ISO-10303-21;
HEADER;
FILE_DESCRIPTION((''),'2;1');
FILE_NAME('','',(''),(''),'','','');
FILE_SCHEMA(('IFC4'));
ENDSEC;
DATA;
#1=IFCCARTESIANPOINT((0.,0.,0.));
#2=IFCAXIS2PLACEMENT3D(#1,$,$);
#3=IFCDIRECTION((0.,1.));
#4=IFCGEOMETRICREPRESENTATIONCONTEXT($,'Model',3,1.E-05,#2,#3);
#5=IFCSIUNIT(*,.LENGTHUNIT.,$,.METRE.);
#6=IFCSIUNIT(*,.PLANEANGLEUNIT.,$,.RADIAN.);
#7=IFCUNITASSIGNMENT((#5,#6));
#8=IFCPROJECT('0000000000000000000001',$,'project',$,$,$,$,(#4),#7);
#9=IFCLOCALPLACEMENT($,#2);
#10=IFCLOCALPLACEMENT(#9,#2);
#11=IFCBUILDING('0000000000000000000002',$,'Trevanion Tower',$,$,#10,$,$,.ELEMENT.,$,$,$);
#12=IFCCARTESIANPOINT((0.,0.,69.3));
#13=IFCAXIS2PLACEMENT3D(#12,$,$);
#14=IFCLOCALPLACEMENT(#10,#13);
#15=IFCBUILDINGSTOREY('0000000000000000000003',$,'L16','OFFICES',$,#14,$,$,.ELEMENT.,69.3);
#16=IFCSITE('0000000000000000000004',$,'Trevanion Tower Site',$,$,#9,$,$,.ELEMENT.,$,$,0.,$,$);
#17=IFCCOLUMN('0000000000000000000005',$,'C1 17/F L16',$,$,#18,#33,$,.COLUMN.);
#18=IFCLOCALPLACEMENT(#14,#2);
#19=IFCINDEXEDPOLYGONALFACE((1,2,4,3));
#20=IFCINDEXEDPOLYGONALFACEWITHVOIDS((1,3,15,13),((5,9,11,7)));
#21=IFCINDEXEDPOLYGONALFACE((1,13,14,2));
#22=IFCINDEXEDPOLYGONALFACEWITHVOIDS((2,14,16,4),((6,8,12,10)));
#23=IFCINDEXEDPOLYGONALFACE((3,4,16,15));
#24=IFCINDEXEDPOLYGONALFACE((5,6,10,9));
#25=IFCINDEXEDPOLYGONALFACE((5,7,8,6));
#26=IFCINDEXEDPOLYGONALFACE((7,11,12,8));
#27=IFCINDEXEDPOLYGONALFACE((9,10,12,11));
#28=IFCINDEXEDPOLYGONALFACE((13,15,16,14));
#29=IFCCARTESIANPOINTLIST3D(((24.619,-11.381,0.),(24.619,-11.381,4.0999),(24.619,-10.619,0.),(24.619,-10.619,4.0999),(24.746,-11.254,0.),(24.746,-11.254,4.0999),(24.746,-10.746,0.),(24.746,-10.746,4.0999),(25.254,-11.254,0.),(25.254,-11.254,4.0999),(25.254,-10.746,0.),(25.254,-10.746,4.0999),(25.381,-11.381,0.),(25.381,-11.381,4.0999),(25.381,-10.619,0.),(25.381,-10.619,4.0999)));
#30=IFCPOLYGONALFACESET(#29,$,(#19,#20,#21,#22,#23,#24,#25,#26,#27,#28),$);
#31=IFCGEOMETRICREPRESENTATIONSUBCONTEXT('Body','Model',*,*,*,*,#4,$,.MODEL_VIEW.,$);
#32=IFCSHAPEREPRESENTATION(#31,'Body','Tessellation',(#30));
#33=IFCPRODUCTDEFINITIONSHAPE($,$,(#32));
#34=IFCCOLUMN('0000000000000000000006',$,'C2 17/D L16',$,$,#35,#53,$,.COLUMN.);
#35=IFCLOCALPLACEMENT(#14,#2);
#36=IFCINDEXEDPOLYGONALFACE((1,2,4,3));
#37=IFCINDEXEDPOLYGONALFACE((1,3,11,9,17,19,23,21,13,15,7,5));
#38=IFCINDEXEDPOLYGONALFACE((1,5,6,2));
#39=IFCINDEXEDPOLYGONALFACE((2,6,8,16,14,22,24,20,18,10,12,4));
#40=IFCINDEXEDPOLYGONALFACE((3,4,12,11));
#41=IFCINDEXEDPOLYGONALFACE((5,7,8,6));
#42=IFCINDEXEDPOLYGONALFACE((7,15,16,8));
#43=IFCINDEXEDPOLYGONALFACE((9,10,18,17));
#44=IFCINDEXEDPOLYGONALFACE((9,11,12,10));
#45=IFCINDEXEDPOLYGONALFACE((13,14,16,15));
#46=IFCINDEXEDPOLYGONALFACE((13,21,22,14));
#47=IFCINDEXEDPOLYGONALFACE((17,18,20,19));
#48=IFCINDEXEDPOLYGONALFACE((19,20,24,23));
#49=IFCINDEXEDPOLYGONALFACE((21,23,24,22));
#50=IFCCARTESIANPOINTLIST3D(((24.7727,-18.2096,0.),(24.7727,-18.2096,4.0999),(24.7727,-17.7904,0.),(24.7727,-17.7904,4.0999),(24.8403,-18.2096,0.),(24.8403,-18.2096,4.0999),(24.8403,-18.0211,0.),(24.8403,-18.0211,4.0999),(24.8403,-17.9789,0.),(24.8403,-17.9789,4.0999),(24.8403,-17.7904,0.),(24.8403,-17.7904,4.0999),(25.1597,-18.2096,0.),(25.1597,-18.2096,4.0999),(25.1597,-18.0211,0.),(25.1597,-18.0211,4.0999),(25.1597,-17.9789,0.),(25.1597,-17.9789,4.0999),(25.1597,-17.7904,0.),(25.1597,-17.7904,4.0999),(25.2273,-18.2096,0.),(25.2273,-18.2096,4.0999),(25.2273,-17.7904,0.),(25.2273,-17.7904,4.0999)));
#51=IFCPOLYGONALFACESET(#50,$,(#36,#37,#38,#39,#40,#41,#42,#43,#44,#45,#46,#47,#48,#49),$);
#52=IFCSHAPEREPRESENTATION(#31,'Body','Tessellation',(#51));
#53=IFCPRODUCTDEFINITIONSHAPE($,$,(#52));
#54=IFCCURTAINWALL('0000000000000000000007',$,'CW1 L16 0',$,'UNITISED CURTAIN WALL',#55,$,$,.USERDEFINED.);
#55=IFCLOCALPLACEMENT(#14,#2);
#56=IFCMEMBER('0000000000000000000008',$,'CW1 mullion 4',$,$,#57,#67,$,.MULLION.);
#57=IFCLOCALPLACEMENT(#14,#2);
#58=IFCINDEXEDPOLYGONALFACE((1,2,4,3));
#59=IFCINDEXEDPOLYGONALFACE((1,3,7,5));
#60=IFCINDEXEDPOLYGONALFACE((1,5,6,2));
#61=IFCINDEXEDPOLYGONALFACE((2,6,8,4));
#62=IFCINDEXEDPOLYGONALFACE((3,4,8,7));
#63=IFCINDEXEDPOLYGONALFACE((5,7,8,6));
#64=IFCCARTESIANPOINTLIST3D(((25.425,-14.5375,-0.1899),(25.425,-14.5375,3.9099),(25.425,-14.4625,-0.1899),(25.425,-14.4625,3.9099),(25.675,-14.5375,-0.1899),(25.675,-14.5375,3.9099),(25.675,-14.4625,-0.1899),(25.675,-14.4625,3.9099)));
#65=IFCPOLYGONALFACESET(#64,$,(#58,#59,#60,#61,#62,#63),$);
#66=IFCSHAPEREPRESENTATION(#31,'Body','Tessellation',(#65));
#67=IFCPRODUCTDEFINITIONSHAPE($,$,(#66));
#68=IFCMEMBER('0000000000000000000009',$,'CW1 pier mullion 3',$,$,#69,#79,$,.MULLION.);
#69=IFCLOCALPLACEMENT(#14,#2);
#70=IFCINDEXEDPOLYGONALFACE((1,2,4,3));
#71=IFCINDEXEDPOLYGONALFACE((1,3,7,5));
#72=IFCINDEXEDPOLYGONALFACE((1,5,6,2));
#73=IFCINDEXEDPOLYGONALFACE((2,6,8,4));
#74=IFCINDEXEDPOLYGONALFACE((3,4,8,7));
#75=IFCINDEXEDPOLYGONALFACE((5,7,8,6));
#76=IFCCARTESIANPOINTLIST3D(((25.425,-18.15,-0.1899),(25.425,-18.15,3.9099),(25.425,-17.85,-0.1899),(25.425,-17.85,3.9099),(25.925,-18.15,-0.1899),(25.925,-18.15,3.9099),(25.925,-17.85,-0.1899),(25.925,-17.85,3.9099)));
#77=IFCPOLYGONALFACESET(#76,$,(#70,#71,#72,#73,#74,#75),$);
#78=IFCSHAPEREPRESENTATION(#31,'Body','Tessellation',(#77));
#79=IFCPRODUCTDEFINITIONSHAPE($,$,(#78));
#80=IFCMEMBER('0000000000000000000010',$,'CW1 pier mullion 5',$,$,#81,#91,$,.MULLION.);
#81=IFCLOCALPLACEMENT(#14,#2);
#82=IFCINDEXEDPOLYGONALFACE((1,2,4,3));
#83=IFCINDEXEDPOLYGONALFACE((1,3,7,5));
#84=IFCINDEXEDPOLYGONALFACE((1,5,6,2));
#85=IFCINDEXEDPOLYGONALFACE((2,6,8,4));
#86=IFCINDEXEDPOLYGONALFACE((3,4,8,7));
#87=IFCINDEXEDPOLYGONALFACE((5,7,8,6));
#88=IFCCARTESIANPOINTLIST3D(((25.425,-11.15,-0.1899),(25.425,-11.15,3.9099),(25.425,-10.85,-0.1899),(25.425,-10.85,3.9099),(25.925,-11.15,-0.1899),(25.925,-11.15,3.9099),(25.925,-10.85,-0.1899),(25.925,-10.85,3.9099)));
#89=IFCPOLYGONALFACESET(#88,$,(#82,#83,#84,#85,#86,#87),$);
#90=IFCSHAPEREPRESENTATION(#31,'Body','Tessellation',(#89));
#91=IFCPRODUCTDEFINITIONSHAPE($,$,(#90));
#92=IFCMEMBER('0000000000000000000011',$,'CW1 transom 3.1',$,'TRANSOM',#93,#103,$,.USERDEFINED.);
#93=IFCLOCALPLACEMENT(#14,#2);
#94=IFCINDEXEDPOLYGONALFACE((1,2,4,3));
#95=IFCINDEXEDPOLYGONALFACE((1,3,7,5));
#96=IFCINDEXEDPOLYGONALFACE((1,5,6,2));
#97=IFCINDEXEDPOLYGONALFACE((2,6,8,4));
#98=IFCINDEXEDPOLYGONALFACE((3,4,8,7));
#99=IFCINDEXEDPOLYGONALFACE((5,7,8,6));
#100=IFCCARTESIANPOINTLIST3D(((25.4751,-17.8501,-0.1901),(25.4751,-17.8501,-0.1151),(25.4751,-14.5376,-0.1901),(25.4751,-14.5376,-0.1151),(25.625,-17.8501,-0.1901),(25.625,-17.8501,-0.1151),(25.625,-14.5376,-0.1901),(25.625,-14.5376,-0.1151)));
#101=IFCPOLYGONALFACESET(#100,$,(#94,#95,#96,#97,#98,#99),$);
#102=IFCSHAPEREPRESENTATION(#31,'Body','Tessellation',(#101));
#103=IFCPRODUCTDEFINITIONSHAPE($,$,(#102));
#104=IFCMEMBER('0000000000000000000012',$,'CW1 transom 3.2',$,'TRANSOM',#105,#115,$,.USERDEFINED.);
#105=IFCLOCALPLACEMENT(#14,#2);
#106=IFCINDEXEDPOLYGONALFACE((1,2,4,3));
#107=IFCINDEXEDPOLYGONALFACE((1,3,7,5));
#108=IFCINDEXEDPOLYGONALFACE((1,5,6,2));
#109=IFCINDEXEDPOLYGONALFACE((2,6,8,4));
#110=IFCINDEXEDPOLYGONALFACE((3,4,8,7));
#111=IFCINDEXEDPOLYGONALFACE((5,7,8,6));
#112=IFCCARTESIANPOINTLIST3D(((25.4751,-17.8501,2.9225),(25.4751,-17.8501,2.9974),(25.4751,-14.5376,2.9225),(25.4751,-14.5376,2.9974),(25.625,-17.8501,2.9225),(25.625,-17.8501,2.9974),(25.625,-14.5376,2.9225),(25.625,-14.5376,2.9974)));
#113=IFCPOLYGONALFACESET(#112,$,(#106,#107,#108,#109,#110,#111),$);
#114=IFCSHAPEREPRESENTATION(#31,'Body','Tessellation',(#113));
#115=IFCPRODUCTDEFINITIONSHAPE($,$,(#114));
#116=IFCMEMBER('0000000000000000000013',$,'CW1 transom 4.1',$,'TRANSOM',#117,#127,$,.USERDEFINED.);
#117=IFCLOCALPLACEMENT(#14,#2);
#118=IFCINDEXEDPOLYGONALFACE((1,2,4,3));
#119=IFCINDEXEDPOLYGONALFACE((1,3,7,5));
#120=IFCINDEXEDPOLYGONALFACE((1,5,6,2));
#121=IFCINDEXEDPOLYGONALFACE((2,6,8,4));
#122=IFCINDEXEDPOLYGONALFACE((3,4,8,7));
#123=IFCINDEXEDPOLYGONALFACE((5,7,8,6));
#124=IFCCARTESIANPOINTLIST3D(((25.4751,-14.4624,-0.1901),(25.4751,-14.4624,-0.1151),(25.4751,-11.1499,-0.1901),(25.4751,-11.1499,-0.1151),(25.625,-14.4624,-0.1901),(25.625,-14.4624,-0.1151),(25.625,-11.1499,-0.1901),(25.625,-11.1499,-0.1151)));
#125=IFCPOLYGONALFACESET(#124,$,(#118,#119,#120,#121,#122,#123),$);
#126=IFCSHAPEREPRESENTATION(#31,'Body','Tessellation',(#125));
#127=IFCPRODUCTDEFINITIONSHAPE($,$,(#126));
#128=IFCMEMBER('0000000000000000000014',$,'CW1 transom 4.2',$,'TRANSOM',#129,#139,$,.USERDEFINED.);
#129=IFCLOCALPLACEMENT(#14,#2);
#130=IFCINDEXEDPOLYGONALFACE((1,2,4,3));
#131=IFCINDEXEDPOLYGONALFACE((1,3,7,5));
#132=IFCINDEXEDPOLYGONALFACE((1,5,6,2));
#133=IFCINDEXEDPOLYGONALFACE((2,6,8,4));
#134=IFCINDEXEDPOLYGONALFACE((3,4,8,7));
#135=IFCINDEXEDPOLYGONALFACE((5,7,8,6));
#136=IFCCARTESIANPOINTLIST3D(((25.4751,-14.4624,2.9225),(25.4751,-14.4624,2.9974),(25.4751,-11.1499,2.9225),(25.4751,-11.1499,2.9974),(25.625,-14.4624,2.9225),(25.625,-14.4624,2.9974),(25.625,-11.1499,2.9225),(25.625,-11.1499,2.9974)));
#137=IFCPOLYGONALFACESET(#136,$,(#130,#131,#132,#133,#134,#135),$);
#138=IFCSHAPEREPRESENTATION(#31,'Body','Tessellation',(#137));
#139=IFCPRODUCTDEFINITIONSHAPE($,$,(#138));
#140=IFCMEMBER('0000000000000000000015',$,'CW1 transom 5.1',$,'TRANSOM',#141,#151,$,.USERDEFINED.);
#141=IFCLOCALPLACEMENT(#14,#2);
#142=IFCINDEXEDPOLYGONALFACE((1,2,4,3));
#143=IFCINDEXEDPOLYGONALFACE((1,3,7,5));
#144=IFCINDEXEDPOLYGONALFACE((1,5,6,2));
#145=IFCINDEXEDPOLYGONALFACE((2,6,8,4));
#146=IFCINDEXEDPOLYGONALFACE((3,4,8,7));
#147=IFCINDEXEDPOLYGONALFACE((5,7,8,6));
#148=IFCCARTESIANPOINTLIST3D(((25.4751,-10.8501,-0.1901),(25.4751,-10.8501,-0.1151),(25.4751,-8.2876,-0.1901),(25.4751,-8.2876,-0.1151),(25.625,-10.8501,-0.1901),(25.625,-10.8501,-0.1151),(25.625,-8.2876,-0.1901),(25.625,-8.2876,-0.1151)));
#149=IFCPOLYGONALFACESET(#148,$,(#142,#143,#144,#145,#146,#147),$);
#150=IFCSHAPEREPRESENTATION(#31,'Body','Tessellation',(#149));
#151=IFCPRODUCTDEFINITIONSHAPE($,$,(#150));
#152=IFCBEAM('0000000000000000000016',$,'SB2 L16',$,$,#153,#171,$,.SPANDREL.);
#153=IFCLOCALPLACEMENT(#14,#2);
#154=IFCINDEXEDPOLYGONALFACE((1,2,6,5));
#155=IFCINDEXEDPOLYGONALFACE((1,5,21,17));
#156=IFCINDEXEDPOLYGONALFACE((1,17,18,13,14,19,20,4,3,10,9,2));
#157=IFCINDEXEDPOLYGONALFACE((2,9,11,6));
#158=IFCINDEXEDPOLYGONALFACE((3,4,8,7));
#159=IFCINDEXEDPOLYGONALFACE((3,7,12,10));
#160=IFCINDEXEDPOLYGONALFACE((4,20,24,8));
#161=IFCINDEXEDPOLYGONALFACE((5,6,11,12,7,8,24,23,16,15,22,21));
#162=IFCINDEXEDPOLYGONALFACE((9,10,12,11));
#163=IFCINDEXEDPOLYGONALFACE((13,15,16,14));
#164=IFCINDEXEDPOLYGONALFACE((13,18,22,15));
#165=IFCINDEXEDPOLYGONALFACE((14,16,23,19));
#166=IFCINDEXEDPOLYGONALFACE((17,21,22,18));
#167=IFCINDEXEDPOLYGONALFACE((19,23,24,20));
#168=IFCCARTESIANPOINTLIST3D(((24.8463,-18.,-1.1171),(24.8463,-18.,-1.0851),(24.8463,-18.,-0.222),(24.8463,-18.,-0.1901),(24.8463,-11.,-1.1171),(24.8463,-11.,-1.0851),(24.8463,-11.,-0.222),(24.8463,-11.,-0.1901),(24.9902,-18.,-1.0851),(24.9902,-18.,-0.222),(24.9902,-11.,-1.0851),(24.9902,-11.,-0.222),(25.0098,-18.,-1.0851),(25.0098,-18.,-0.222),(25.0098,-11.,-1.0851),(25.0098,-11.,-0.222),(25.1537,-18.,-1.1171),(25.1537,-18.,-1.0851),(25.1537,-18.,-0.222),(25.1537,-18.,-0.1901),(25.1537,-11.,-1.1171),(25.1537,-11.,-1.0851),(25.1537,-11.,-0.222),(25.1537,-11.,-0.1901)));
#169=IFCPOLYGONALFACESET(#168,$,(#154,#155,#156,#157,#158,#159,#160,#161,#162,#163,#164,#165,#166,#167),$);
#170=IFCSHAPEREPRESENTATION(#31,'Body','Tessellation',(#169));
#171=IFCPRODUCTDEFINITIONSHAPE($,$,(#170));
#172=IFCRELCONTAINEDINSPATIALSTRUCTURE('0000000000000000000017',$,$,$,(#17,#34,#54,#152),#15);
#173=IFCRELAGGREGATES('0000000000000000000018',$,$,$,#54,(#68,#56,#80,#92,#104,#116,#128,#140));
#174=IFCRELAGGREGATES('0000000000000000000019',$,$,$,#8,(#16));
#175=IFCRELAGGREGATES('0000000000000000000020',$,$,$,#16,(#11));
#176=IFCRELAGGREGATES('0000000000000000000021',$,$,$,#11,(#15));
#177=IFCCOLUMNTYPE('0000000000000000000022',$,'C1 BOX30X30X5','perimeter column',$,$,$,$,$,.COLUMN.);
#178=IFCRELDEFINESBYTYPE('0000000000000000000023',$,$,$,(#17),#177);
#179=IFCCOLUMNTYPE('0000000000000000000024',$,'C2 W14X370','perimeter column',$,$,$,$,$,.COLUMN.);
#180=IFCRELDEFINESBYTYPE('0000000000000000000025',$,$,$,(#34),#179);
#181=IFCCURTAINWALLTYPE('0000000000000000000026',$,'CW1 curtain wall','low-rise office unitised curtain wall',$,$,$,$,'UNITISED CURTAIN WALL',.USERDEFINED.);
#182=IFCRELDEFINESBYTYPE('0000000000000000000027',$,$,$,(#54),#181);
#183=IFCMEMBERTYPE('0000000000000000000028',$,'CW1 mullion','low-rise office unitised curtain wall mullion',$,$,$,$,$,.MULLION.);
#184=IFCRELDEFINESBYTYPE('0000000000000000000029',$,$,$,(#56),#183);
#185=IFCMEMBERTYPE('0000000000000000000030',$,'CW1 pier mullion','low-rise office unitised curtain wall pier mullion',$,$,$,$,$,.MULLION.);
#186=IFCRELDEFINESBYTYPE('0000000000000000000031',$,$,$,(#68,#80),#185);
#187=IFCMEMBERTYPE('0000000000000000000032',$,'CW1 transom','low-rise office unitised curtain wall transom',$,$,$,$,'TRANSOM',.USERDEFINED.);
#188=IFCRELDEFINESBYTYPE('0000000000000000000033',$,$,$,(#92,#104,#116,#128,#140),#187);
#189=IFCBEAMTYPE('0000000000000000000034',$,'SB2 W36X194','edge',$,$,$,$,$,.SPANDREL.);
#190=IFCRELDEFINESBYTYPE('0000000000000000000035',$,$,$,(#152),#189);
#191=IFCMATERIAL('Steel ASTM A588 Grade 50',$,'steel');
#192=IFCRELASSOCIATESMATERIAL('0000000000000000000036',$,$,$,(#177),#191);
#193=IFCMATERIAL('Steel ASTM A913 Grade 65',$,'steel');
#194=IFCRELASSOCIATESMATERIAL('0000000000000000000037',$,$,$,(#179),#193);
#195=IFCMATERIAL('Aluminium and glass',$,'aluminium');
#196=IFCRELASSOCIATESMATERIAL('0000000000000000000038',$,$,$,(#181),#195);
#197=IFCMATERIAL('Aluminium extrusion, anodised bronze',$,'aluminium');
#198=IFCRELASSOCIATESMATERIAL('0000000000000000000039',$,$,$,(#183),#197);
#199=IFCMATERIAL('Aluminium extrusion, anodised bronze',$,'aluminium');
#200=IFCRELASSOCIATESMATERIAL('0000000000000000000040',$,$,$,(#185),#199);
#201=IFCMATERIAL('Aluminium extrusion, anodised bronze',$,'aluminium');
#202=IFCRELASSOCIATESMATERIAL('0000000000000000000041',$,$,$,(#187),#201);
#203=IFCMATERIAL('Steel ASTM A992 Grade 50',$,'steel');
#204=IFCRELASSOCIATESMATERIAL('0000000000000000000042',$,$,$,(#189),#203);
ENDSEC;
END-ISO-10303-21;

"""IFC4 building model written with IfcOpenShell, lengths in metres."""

from ifc_helpers import new_model, si_unit, direction, frame, origin, origin_2d, place, context, subcontext, project, spatial, rectangle, hollow_rectangle, i_section, extrude, material, material_profile, profile_set, type_object, element, aggregate, save


model = new_model("IFC4")

# Units and contexts
model_context = context("Model", 3, precision=1e-05, world=origin(), true_north=direction((0.0, 1.0)))
body_context = subcontext(model_context, "Body", "Model", "MODEL_VIEW")
ifc_project = project(units=[si_unit("LENGTHUNIT", "METRE"), si_unit("PLANEANGLEUNIT", "RADIAN")], contexts=[model_context])

# Site, building, storey
site_placement = place(None, origin())
site = spatial("IfcSite", under=ifc_project, at=site_placement, Name="Trevanion Tower Site", CompositionType="ELEMENT", RefElevation=0.0)
building_placement = place(site_placement, origin())
building = spatial("IfcBuilding", under=site, at=building_placement, Name="Trevanion Tower", CompositionType="ELEMENT")
storey_placement = place(building_placement, frame((0.0, 0.0, 69.3)))
storey = spatial("IfcBuildingStorey", under=building, at=storey_placement, Name="L16", Description="OFFICES", CompositionType="ELEMENT", Elevation=69.3)

# Columns
ifc_material_1 = material(Name="Steel ASTM A588 Grade 50", Category="steel")
ifc_material_profile_1 = material_profile(ifc_material_1, hollow_rectangle(XDim=0.762, YDim=0.762, WallThickness=0.127, at=origin_2d()), Name="BOX30X30X5")
ifc_profile_set_1 = profile_set([ifc_material_profile_1], Name="Steel ASTM A588 Grade 50")
column_type_1 = type_object("IfcColumnType", Name="C1 BOX30X30X5", Description="perimeter column", PredefinedType="COLUMN", material=ifc_profile_set_1)
column_1_placement = place(storey_placement, frame((25.0, -11.0, 0.0), z_axis=(0.0, 0.0, 1.0), x_axis=(0.0, 1.0, 0.0)))
element("IfcColumn", 1, at=column_1_placement, inside=storey, type_object=column_type_1, Name="C1 17/F L16", PredefinedType="COLUMN", context=body_context, shape_type="SweptSolid", body=[
    extrude(hollow_rectangle(XDim=0.762, YDim=0.762, WallThickness=0.127, at=origin_2d()), origin(), (0.0, 0.0, 1.0), 4.0999),
])
ifc_material_2 = material(Name="Steel ASTM A913 Grade 65", Category="steel")
ifc_material_profile_2 = material_profile(ifc_material_2, i_section(OverallWidth=0.4192, OverallDepth=0.4546, WebThickness=0.0422, FlangeThickness=0.0676, at=origin_2d()), Name="W14X370")
ifc_profile_set_2 = profile_set([ifc_material_profile_2], Name="Steel ASTM A913 Grade 65")
column_type_2 = type_object("IfcColumnType", Name="C2 W14X370", Description="perimeter column", PredefinedType="COLUMN", material=ifc_profile_set_2)
column_2_placement = place(storey_placement, frame((25.0, -18.0, 0.0), z_axis=(0.0, 0.0, 1.0), x_axis=(0.0, 1.0, 0.0)))
element("IfcColumn", 2, at=column_2_placement, inside=storey, type_object=column_type_2, Name="C2 17/D L16", PredefinedType="COLUMN", context=body_context, shape_type="SweptSolid", body=[
    extrude(i_section(OverallWidth=0.4192, OverallDepth=0.4546, WebThickness=0.0422, FlangeThickness=0.0676, at=origin_2d()), origin(), (0.0, 0.0, 1.0), 4.0999),
])

# Curtain wall, members
ifc_material_3 = material(Name="Aluminium and glass", Category="aluminium")
curtain_wall_type = type_object("IfcCurtainWallType", Name="CW1 curtain wall", Description="low-rise office unitised curtain wall", ElementType="UNITISED CURTAIN WALL", PredefinedType="USERDEFINED", material=ifc_material_3)
curtain_wall_placement = place(storey_placement, origin())
curtain_wall = element("IfcCurtainWall", 3, at=curtain_wall_placement, inside=storey, type_object=curtain_wall_type, Name="CW1 L16 0", ObjectType="UNITISED CURTAIN WALL", PredefinedType="USERDEFINED")
ifc_material_4 = material(Name="Aluminium extrusion, anodised bronze", Category="aluminium")
ifc_material_profile_3 = material_profile(ifc_material_4, rectangle(XDim=0.075, YDim=0.25, at=origin_2d()), Name="CW1 mullion")
ifc_profile_set_3 = profile_set([ifc_material_profile_3], Name="Aluminium extrusion, anodised bronze")
member_type_1 = type_object("IfcMemberType", Name="CW1 mullion", Description="low-rise office unitised curtain wall mullion", PredefinedType="MULLION", material=ifc_profile_set_3)
member_1_placement = place(storey_placement, frame((25.55, -14.5, -0.1899), z_axis=(0.0, 0.0, 1.0), x_axis=(0.0, 1.0, 0.0)))
member_1 = element("IfcMember", 4, at=member_1_placement, type_object=member_type_1, Name="CW1 mullion 4", PredefinedType="MULLION", context=body_context, shape_type="SweptSolid", body=[
    extrude(rectangle(XDim=0.075, YDim=0.25, at=origin_2d()), origin(), (0.0, 0.0, 1.0), 4.0999),
])
ifc_material_5 = material(Name="Aluminium extrusion, anodised bronze", Category="aluminium")
ifc_material_profile_4 = material_profile(ifc_material_5, rectangle(XDim=0.3, YDim=0.5, at=origin_2d()), Name="CW1 pier mullion")
ifc_profile_set_4 = profile_set([ifc_material_profile_4], Name="Aluminium extrusion, anodised bronze")
member_type_2 = type_object("IfcMemberType", Name="CW1 pier mullion", Description="low-rise office unitised curtain wall pier mullion", PredefinedType="MULLION", material=ifc_profile_set_4)
member_2_placement = place(storey_placement, frame((25.675, -18.0, -0.1899), z_axis=(0.0, 0.0, 1.0), x_axis=(0.0, 1.0, 0.0)))
member_2 = element("IfcMember", 5, at=member_2_placement, type_object=member_type_2, Name="CW1 pier mullion 3", PredefinedType="MULLION", context=body_context, shape_type="SweptSolid", body=[
    extrude(rectangle(XDim=0.3, YDim=0.5, at=origin_2d()), origin(), (0.0, 0.0, 1.0), 4.0999),
])
member_3_placement = place(storey_placement, frame((25.675, -11.0, -0.1899), z_axis=(0.0, 0.0, 1.0), x_axis=(0.0, 1.0, 0.0)))
member_3 = element("IfcMember", 6, at=member_3_placement, type_object=member_type_2, Name="CW1 pier mullion 5", PredefinedType="MULLION", context=body_context, shape_type="SweptSolid", body=[
    extrude(rectangle(XDim=0.3, YDim=0.5, at=origin_2d()), origin(), (0.0, 0.0, 1.0), 4.0999),
])
ifc_material_6 = material(Name="Aluminium extrusion, anodised bronze", Category="aluminium")
ifc_material_profile_5 = material_profile(ifc_material_6, rectangle(XDim=0.1499, YDim=0.075, at=origin_2d()), Name="CW1 transom")
ifc_profile_set_5 = profile_set([ifc_material_profile_5], Name="Aluminium extrusion, anodised bronze")
member_type_3 = type_object("IfcMemberType", Name="CW1 transom", Description="low-rise office unitised curtain wall transom", ElementType="TRANSOM", PredefinedType="USERDEFINED", material=ifc_profile_set_5)
member_4_placement = place(storey_placement, frame((25.55, -17.8501, -0.1526), z_axis=(0.0, 1.0, 0.0), x_axis=(-1.0, 0.0, 0.0)))
member_4 = element("IfcMember", 7, at=member_4_placement, type_object=member_type_3, Name="CW1 transom 3.1", ObjectType="TRANSOM", PredefinedType="USERDEFINED", context=body_context, shape_type="SweptSolid", body=[
    extrude(rectangle(XDim=0.1499, YDim=0.075, at=origin_2d()), origin(), (0.0, 0.0, 1.0), 3.3125),
])
member_5_placement = place(storey_placement, frame((25.55, -17.8501, 2.96), z_axis=(0.0, 1.0, 0.0), x_axis=(-1.0, 0.0, 0.0)))
member_5 = element("IfcMember", 8, at=member_5_placement, type_object=member_type_3, Name="CW1 transom 3.2", ObjectType="TRANSOM", PredefinedType="USERDEFINED", context=body_context, shape_type="SweptSolid", body=[
    extrude(rectangle(XDim=0.1499, YDim=0.075, at=origin_2d()), origin(), (0.0, 0.0, 1.0), 3.3125),
])
member_6_placement = place(storey_placement, frame((25.55, -14.4624, -0.1526), z_axis=(0.0, 1.0, 0.0), x_axis=(-1.0, 0.0, 0.0)))
member_6 = element("IfcMember", 9, at=member_6_placement, type_object=member_type_3, Name="CW1 transom 4.1", ObjectType="TRANSOM", PredefinedType="USERDEFINED", context=body_context, shape_type="SweptSolid", body=[
    extrude(rectangle(XDim=0.1499, YDim=0.075, at=origin_2d()), origin(), (0.0, 0.0, 1.0), 3.3125),
])
member_7_placement = place(storey_placement, frame((25.55, -14.4624, 2.96), z_axis=(0.0, 1.0, 0.0), x_axis=(-1.0, 0.0, 0.0)))
member_7 = element("IfcMember", 10, at=member_7_placement, type_object=member_type_3, Name="CW1 transom 4.2", ObjectType="TRANSOM", PredefinedType="USERDEFINED", context=body_context, shape_type="SweptSolid", body=[
    extrude(rectangle(XDim=0.1499, YDim=0.075, at=origin_2d()), origin(), (0.0, 0.0, 1.0), 3.3125),
])
member_8_placement = place(storey_placement, frame((25.55, -10.8501, -0.1526), z_axis=(0.0, 1.0, 0.0), x_axis=(-1.0, 0.0, 0.0)))
member_8 = element("IfcMember", 11, at=member_8_placement, type_object=member_type_3, Name="CW1 transom 5.1", ObjectType="TRANSOM", PredefinedType="USERDEFINED", context=body_context, shape_type="SweptSolid", body=[
    extrude(rectangle(XDim=0.1499, YDim=0.075, at=origin_2d()), origin(), (0.0, 0.0, 1.0), 2.5625),
])

# Beam
ifc_material_7 = material(Name="Steel ASTM A992 Grade 50", Category="steel")
ifc_material_profile_6 = material_profile(ifc_material_7, i_section(OverallWidth=0.3074, OverallDepth=0.927, WebThickness=0.0195, FlangeThickness=0.032, at=origin_2d()), Name="W36X194")
ifc_profile_set_6 = profile_set([ifc_material_profile_6], Name="Steel ASTM A992 Grade 50")
beam_type = type_object("IfcBeamType", Name="SB2 W36X194", Description="edge", PredefinedType="SPANDREL", material=ifc_profile_set_6)
beam_1_placement = place(storey_placement, frame((25.0, -18.0, -0.6536), z_axis=(0.0, 1.0, 0.0), x_axis=(-1.0, 0.0, 0.0)))
element("IfcBeam", 12, at=beam_1_placement, inside=storey, type_object=beam_type, Name="SB2 L16", PredefinedType="SPANDREL", context=body_context, shape_type="SweptSolid", body=[
    extrude(i_section(OverallWidth=0.3074, OverallDepth=0.927, WebThickness=0.0195, FlangeThickness=0.032, at=origin_2d()), origin(), (0.0, 0.0, 1.0), 7.0),
])

aggregate(curtain_wall, [member_2, member_1, member_3, member_4, member_5, member_6, member_7, member_8])

save(model, "model.ifc")
